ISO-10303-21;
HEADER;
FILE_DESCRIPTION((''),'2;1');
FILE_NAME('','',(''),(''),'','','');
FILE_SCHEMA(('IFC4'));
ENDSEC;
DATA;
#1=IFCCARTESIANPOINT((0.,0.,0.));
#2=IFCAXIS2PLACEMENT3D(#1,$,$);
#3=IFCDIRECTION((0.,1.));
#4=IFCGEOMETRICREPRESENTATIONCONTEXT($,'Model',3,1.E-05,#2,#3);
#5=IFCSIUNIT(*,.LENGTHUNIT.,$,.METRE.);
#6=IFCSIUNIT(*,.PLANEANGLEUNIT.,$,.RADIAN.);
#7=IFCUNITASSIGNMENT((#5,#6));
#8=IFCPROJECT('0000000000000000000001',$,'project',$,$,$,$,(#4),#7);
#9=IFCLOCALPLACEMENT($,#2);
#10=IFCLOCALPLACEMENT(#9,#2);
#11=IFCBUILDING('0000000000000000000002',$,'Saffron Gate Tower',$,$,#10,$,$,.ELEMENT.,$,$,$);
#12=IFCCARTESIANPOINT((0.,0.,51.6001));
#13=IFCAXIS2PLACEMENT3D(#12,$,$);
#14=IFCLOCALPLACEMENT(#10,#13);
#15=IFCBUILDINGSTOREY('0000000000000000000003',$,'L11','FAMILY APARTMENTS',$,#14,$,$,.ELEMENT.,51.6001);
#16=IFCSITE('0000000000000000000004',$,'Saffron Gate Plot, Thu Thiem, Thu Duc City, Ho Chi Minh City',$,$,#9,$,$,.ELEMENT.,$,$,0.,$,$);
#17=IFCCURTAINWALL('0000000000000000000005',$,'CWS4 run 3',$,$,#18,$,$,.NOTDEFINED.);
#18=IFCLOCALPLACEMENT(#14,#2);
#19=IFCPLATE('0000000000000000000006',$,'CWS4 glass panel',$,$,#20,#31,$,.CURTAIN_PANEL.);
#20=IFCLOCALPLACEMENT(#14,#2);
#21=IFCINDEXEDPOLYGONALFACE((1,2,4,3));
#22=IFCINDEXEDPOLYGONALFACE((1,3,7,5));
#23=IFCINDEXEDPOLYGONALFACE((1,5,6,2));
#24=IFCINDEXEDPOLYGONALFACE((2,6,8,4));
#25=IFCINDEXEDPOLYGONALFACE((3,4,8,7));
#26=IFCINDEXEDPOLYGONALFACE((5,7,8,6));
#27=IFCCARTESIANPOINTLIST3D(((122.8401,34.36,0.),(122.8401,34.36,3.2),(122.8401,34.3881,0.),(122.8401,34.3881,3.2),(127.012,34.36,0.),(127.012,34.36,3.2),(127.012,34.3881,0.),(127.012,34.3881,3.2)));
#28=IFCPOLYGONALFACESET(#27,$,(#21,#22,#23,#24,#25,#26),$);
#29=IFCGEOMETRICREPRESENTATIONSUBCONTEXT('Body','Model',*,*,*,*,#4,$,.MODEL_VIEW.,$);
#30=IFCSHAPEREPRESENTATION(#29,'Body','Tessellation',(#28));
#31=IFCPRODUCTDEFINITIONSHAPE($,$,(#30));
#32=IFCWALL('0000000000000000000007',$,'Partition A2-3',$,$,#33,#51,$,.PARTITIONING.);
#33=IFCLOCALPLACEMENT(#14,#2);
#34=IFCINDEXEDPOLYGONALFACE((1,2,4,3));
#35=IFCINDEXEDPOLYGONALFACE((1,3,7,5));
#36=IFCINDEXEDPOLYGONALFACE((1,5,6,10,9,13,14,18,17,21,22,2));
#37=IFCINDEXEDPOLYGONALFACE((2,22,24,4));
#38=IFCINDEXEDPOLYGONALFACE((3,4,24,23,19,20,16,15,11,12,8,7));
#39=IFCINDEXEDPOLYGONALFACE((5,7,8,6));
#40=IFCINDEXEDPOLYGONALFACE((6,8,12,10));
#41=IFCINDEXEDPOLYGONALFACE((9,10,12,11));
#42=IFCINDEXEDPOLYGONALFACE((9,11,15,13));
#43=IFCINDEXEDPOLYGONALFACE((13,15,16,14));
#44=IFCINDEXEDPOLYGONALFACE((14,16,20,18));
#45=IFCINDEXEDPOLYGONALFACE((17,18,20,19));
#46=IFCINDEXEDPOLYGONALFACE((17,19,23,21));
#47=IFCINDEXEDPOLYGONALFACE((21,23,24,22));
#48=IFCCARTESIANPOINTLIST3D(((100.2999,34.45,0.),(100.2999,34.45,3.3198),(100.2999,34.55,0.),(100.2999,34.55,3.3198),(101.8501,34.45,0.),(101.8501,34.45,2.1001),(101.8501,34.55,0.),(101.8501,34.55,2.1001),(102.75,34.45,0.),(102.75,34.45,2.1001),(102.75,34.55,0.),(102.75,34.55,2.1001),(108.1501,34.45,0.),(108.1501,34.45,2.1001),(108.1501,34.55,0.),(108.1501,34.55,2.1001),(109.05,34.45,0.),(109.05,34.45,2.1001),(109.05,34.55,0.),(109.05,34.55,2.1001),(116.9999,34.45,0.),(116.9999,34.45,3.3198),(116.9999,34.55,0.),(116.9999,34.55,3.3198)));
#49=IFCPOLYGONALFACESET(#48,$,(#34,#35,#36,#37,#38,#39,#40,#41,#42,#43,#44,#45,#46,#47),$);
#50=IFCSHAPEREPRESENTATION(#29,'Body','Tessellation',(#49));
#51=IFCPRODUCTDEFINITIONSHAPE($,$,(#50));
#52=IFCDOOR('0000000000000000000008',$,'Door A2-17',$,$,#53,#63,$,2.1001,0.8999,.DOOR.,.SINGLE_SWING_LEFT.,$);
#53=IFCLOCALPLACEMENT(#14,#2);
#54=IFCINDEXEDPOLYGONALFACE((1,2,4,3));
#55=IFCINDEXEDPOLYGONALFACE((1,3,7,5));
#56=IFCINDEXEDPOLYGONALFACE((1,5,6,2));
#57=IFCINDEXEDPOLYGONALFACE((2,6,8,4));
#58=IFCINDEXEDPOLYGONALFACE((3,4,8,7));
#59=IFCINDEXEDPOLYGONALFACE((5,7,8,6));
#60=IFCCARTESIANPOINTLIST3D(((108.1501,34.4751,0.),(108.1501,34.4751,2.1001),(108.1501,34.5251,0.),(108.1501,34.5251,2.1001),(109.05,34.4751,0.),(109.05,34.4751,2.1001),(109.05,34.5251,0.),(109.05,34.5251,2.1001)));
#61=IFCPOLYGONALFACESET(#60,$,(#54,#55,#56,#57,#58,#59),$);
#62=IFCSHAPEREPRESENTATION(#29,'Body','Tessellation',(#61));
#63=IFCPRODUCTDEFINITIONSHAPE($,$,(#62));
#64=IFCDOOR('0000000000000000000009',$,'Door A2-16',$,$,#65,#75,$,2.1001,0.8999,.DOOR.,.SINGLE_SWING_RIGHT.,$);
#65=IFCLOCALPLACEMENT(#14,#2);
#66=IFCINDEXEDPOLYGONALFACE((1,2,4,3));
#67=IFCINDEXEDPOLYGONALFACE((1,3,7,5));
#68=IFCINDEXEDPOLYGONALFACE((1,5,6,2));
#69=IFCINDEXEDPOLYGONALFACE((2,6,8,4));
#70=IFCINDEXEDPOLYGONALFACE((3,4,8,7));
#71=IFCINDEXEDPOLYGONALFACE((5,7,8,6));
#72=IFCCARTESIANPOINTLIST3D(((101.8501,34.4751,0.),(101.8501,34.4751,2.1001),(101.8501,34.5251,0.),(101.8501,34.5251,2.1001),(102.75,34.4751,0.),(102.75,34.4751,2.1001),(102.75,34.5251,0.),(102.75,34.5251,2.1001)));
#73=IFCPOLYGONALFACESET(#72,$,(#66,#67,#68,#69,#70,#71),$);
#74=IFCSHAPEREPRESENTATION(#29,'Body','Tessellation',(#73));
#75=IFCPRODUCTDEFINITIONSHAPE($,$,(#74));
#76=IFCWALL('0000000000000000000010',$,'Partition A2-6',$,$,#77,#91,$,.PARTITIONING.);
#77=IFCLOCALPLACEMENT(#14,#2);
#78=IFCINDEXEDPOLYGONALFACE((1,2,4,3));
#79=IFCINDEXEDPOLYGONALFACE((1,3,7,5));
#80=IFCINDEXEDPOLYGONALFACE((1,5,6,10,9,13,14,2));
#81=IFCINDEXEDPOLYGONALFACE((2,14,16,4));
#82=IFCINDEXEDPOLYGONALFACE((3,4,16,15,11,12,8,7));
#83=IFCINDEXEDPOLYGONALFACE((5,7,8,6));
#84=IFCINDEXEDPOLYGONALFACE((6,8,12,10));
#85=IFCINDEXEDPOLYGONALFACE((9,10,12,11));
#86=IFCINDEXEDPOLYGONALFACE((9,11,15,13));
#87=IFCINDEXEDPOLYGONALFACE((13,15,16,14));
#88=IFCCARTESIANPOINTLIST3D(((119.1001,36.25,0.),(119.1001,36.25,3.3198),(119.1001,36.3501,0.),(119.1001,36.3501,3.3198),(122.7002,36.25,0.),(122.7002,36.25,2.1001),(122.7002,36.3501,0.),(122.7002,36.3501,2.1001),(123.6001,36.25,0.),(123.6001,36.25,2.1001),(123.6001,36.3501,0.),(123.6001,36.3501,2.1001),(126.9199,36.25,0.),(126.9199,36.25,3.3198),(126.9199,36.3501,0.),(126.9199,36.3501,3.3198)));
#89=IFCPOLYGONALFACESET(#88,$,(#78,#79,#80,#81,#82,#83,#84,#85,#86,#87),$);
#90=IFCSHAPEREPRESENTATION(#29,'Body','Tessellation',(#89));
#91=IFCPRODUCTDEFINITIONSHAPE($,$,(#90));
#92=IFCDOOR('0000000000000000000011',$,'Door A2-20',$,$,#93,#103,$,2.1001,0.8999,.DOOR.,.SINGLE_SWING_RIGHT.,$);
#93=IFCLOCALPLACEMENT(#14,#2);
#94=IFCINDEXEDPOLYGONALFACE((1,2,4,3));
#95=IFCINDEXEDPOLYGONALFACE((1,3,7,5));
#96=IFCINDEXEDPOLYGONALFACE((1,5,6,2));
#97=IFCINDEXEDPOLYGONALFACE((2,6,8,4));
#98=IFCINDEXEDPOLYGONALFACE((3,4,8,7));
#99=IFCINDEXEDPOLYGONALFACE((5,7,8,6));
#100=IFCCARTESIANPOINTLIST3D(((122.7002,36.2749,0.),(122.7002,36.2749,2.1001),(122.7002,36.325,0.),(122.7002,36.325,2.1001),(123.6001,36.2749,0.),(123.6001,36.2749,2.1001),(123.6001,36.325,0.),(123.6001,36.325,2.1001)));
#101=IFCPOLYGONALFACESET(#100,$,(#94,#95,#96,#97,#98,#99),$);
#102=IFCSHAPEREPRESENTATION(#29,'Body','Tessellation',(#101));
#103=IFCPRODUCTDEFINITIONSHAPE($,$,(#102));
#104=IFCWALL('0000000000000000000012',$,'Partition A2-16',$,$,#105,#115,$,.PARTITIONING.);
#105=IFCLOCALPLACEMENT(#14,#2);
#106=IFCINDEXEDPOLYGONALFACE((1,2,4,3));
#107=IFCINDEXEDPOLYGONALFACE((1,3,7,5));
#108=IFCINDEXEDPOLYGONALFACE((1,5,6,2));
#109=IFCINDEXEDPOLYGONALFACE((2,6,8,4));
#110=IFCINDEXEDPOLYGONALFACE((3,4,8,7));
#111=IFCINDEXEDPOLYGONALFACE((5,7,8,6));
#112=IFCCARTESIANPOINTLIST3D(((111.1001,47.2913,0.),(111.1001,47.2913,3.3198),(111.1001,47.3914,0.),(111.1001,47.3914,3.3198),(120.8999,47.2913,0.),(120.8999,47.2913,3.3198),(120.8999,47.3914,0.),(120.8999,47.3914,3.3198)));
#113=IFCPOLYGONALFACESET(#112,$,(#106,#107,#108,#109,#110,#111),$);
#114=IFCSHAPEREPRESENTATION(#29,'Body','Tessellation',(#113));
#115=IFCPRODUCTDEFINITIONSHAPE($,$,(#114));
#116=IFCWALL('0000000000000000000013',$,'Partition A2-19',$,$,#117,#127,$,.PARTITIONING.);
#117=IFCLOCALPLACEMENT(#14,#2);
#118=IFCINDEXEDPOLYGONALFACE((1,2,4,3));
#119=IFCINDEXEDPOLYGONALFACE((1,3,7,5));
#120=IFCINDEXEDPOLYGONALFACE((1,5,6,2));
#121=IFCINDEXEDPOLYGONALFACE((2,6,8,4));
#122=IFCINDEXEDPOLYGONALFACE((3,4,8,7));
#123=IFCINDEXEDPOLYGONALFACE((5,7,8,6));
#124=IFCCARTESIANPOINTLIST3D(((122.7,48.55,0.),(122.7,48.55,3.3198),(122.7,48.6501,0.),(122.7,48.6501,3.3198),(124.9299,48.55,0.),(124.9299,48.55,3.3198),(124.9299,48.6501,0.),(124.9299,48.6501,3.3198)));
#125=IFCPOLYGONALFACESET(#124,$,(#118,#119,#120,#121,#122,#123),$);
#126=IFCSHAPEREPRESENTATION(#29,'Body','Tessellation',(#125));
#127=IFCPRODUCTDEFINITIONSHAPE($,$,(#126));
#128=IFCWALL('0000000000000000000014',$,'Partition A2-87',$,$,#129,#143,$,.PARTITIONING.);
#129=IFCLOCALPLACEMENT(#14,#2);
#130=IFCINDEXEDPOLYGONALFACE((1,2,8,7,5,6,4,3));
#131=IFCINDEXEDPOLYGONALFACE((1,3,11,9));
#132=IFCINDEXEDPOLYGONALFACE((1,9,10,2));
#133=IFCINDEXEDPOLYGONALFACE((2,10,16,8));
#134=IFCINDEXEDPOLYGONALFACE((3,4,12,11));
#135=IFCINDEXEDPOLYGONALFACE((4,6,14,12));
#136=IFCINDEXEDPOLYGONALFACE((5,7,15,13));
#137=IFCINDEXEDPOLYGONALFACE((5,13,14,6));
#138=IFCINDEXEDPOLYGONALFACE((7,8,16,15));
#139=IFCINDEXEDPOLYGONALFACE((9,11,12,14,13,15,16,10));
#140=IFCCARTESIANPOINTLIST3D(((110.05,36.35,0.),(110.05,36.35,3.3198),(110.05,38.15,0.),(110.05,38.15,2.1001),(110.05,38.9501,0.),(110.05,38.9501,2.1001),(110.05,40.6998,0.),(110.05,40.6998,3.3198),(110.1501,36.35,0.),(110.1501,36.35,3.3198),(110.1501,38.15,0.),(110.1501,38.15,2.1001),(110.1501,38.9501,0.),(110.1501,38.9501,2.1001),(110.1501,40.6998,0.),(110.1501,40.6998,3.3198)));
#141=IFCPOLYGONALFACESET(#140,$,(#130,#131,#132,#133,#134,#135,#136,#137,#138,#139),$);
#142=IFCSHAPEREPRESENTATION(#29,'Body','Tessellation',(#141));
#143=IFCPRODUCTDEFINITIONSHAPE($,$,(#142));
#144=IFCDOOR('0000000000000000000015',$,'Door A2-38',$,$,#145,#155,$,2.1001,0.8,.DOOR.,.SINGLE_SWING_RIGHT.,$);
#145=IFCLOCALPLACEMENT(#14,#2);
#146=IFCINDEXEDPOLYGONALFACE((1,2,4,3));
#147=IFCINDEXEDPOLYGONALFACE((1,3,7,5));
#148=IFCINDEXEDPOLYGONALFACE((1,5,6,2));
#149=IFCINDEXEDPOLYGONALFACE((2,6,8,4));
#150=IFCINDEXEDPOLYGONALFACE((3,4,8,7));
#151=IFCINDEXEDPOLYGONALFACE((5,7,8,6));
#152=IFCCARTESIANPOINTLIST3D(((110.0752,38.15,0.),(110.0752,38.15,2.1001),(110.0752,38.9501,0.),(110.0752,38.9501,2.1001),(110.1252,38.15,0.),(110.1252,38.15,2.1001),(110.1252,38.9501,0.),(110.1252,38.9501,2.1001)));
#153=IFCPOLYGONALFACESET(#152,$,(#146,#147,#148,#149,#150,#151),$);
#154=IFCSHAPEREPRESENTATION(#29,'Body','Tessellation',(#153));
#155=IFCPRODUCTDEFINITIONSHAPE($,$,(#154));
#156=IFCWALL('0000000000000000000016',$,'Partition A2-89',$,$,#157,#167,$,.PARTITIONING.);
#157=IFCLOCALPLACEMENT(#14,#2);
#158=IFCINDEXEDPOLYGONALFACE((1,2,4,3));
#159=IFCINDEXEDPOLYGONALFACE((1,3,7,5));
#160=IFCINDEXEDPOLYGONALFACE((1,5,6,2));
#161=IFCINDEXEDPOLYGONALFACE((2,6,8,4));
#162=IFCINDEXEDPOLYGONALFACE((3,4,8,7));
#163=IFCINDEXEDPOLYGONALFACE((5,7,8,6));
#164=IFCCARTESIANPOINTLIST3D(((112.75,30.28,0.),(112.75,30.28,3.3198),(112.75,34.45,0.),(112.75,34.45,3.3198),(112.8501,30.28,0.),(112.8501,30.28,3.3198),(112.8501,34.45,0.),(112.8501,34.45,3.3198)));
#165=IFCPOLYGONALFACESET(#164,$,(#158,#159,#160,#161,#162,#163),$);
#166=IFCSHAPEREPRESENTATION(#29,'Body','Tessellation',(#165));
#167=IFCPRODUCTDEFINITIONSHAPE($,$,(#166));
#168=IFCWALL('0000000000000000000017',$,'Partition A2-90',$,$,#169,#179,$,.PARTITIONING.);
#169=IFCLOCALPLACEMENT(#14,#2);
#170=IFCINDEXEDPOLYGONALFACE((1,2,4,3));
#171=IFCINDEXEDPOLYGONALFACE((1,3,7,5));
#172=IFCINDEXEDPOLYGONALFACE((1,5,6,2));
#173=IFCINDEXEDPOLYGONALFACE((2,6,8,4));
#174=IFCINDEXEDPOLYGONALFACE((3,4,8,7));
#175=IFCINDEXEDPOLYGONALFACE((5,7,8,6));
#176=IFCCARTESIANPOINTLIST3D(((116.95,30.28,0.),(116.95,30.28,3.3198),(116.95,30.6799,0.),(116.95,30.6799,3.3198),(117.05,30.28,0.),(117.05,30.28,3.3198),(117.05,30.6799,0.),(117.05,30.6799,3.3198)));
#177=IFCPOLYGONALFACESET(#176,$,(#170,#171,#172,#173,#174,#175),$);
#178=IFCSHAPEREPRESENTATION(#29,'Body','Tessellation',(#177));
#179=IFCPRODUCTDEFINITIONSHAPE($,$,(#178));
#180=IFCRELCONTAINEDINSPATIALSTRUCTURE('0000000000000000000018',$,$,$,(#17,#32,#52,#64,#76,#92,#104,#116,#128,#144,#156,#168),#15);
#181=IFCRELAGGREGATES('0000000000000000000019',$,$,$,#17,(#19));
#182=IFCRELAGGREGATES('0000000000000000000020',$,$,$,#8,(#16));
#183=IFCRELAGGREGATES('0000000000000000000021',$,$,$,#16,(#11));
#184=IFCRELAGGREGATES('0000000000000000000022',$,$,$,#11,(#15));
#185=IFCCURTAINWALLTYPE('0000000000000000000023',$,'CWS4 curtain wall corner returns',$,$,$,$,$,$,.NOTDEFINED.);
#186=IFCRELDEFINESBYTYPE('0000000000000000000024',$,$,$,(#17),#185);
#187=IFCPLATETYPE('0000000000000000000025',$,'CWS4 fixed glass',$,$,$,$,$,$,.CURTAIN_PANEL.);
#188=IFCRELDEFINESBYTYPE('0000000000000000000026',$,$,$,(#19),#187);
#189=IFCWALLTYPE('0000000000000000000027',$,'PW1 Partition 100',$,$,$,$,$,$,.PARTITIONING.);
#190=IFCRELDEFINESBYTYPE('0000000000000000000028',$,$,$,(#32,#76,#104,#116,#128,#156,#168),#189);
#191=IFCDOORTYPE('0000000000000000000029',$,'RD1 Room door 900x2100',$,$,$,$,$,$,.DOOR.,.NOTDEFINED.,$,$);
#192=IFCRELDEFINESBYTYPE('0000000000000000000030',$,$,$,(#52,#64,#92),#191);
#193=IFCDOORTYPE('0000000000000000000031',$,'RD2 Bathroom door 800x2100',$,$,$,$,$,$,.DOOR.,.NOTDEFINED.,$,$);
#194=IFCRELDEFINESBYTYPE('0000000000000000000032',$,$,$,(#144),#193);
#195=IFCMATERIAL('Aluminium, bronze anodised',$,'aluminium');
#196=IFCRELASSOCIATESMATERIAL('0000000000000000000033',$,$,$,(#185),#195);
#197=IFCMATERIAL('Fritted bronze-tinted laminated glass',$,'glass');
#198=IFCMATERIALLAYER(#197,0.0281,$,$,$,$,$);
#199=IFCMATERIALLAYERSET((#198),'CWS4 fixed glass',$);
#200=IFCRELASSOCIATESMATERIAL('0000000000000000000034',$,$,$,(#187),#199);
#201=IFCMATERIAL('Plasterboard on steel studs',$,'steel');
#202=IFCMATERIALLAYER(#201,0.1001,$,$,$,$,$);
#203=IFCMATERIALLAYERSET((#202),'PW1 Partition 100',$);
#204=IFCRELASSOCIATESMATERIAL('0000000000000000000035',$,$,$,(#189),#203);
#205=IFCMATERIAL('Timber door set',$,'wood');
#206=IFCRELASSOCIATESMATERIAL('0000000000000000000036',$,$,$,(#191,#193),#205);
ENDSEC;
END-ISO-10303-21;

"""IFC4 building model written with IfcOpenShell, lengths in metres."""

from ifc_helpers import new_model, si_unit, direction, frame, frame_2d, origin, place, context, subcontext, project, spatial, rectangle, extrude, material, layer, layer_set, type_object, element, fill, aggregate, save


model = new_model("IFC4")

# Units and contexts
model_context = context("Model", 3, precision=1e-05, world=origin(), true_north=direction((0.0, 1.0)))
body_context = subcontext(model_context, "Body", "Model", "MODEL_VIEW")
ifc_project = project(units=[si_unit("LENGTHUNIT", "METRE"), si_unit("PLANEANGLEUNIT", "RADIAN")], contexts=[model_context])

# Site, building, storey
site_placement = place(None, origin())
site = spatial("IfcSite", under=ifc_project, at=site_placement, Name="Saffron Gate Plot, Thu Thiem, Thu Duc City, Ho Chi Minh City", CompositionType="ELEMENT", RefElevation=0.0)
building_placement = place(site_placement, origin())
building = spatial("IfcBuilding", under=site, at=building_placement, Name="Saffron Gate Tower", CompositionType="ELEMENT")
storey_placement = place(building_placement, frame((0.0, 0.0, 51.6001)))
storey = spatial("IfcBuildingStorey", under=building, at=storey_placement, Name="L11", Description="FAMILY APARTMENTS", CompositionType="ELEMENT", Elevation=51.6001)

# Curtain wall
ifc_material_1 = material(Name="Aluminium, bronze anodised", Category="aluminium")
curtain_wall_type_1 = type_object("IfcCurtainWallType", Name="CWS4 curtain wall corner returns", PredefinedType="NOTDEFINED", material=ifc_material_1)
curtain_wall_1_placement = place(storey_placement, origin())
curtain_wall_1 = element("IfcCurtainWall", 1, at=curtain_wall_1_placement, inside=storey, type_object=curtain_wall_type_1, Name="CWS4 run 3", PredefinedType="NOTDEFINED")

# Plate
ifc_material_2 = material(Name="Fritted bronze-tinted laminated glass", Category="glass")
ifc_layer_1 = layer(ifc_material_2, 0.0281)
ifc_layer_set_1 = layer_set([ifc_layer_1], Name="CWS4 fixed glass")
plate_type = type_object("IfcPlateType", Name="CWS4 fixed glass", PredefinedType="CURTAIN_PANEL", material=ifc_layer_set_1)
plate_1_placement = place(storey_placement, frame((122.8401, 34.374, 0.0), z_axis=(0.0, 0.0, 1.0), x_axis=(1.0, 0.0, 0.0)))
plate_1 = element("IfcPlate", 2, at=plate_1_placement, type_object=plate_type, Name="CWS4 glass panel", PredefinedType="CURTAIN_PANEL", context=body_context, shape_type="SweptSolid", body=[
    extrude(rectangle(XDim=4.1719, YDim=0.0281, at=frame_2d((2.0859, 0.0))), origin(), (0.0, 0.0, 1.0), 3.2),
])
aggregate(curtain_wall_1, [plate_1])

# Wall, openings, doors
ifc_material_3 = material(Name="Plasterboard on steel studs", Category="steel")
ifc_layer_2 = layer(ifc_material_3, 0.1001)
ifc_layer_set_2 = layer_set([ifc_layer_2], Name="PW1 Partition 100")
wall_type_1 = type_object("IfcWallType", Name="PW1 Partition 100", PredefinedType="PARTITIONING", material=ifc_layer_set_2)
wall_1_placement = place(storey_placement, frame((117.0, 34.5, 0.0), z_axis=(0.0, 0.0, 1.0), x_axis=(-1.0, 0.0, 0.0)))
wall_1 = element("IfcWall", 3, at=wall_1_placement, inside=storey, type_object=wall_type_1, Name="Partition A2-3", PredefinedType="PARTITIONING", context=body_context, shape_type="SweptSolid", body=[
    extrude(rectangle(XDim=16.7, YDim=0.1001, at=frame_2d((8.3501, 0.0))), origin(), (0.0, 0.0, 1.0), 3.3198),
])
opening_1_placement = place(wall_1_placement, frame((7.95, 0.0, 0.0)))
opening_1 = element("IfcOpeningElement", 4, at=opening_1_placement, cuts=wall_1, PredefinedType="OPENING", context=body_context, shape_type="SweptSolid", body=[
    extrude(rectangle(XDim=0.8999, YDim=2.1001, at=frame_2d((0.45, 1.05))), frame((0.0, 0.0601, 0.0), z_axis=(0.0, -1.0, 0.0), x_axis=(1.0, 0.0, 0.0)), (0.0, 0.0, 1.0), 0.1201),
])
opening_2_placement = place(wall_1_placement, frame((14.25, 0.0, 0.0)))
opening_2 = element("IfcOpeningElement", 5, at=opening_2_placement, cuts=wall_1, PredefinedType="OPENING", context=body_context, shape_type="SweptSolid", body=[
    extrude(rectangle(XDim=0.8999, YDim=2.1001, at=frame_2d((0.45, 1.05))), frame((0.0, 0.0601, 0.0), z_axis=(0.0, -1.0, 0.0), x_axis=(1.0, 0.0, 0.0)), (0.0, 0.0, 1.0), 0.1201),
])
ifc_material_4 = material(Name="Timber door set", Category="wood")
door_type_1 = type_object("IfcDoorType", Name="RD1 Room door 900x2100", OperationType="NOTDEFINED", PredefinedType="DOOR", material=ifc_material_4)
door_1_placement = place(opening_1_placement, origin())
door_1 = element("IfcDoor", 6, at=door_1_placement, inside=storey, type_object=door_type_1, Name="Door A2-17", OperationType="SINGLE_SWING_LEFT", OverallHeight=2.1001, OverallWidth=0.8999, PredefinedType="DOOR", context=body_context, shape_type="SweptSolid", body=[
    extrude(rectangle(XDim=0.8999, YDim=2.1001, at=frame_2d((0.45, 1.05))), frame((0.0, 0.0249, 0.0), z_axis=(0.0, -1.0, 0.0), x_axis=(1.0, 0.0, 0.0)), (0.0, 0.0, 1.0), 0.05),
])
fill(opening_1, door_1)
door_2_placement = place(opening_2_placement, origin())
door_2 = element("IfcDoor", 7, at=door_2_placement, inside=storey, type_object=door_type_1, Name="Door A2-16", OperationType="SINGLE_SWING_RIGHT", OverallHeight=2.1001, OverallWidth=0.8999, PredefinedType="DOOR", context=body_context, shape_type="SweptSolid", body=[
    extrude(rectangle(XDim=0.8999, YDim=2.1001, at=frame_2d((0.45, 1.05))), frame((0.0, 0.0249, 0.0), z_axis=(0.0, -1.0, 0.0), x_axis=(1.0, 0.0, 0.0)), (0.0, 0.0, 1.0), 0.05),
])
fill(opening_2, door_2)

# Wall, opening, door
wall_2_placement = place(storey_placement, frame((119.1001, 36.3, 0.0), z_axis=(0.0, 0.0, 1.0), x_axis=(1.0, 0.0, 0.0)))
wall_2 = element("IfcWall", 8, at=wall_2_placement, inside=storey, type_object=wall_type_1, Name="Partition A2-6", PredefinedType="PARTITIONING", context=body_context, shape_type="SweptSolid", body=[
    extrude(rectangle(XDim=7.8198, YDim=0.1001, at=frame_2d((3.9099, 0.0))), origin(), (0.0, 0.0, 1.0), 3.3198),
])
opening_3_placement = place(wall_2_placement, frame((3.6001, 0.0, 0.0)))
opening_3 = element("IfcOpeningElement", 9, at=opening_3_placement, cuts=wall_2, PredefinedType="OPENING", context=body_context, shape_type="SweptSolid", body=[
    extrude(rectangle(XDim=0.8999, YDim=2.1001, at=frame_2d((0.45, 1.05))), frame((0.0, 0.0601, 0.0), z_axis=(0.0, -1.0, 0.0), x_axis=(1.0, 0.0, 0.0)), (0.0, 0.0, 1.0), 0.1201),
])
door_3_placement = place(opening_3_placement, origin())
door_3 = element("IfcDoor", 10, at=door_3_placement, inside=storey, type_object=door_type_1, Name="Door A2-20", OperationType="SINGLE_SWING_RIGHT", OverallHeight=2.1001, OverallWidth=0.8999, PredefinedType="DOOR", context=body_context, shape_type="SweptSolid", body=[
    extrude(rectangle(XDim=0.8999, YDim=2.1001, at=frame_2d((0.45, 1.05))), frame((0.0, 0.0249, 0.0), z_axis=(0.0, -1.0, 0.0), x_axis=(1.0, 0.0, 0.0)), (0.0, 0.0, 1.0), 0.05),
])
fill(opening_3, door_3)

# Walls
wall_3_placement = place(storey_placement, frame((111.1001, 47.3413, 0.0), z_axis=(0.0, 0.0, 1.0), x_axis=(1.0, 0.0, 0.0)))
element("IfcWall", 11, at=wall_3_placement, inside=storey, type_object=wall_type_1, Name="Partition A2-16", PredefinedType="PARTITIONING", context=body_context, shape_type="SweptSolid", body=[
    extrude(rectangle(XDim=9.7998, YDim=0.1001, at=frame_2d((4.8999, 0.0))), origin(), (0.0, 0.0, 1.0), 3.3198),
])
wall_4_placement = place(storey_placement, frame((122.7, 48.6001, 0.0), z_axis=(0.0, 0.0, 1.0), x_axis=(1.0, 0.0, 0.0)))
element("IfcWall", 12, at=wall_4_placement, inside=storey, type_object=wall_type_1, Name="Partition A2-19", PredefinedType="PARTITIONING", context=body_context, shape_type="SweptSolid", body=[
    extrude(rectangle(XDim=2.23, YDim=0.1001, at=frame_2d((1.115, 0.0))), origin(), (0.0, 0.0, 1.0), 3.3198),
])

# Wall, opening, door
wall_5_placement = place(storey_placement, frame((110.1001, 36.3501, 0.0), z_axis=(0.0, 0.0, 1.0), x_axis=(0.0, 1.0, 0.0)))
wall_5 = element("IfcWall", 13, at=wall_5_placement, inside=storey, type_object=wall_type_1, Name="Partition A2-87", PredefinedType="PARTITIONING", context=body_context, shape_type="SweptSolid", body=[
    extrude(rectangle(XDim=4.3499, YDim=0.1001, at=frame_2d((2.1748, 0.0))), origin(), (0.0, 0.0, 1.0), 3.3198),
])
opening_4_placement = place(wall_5_placement, frame((1.8, 0.0, 0.0)))
opening_4 = element("IfcOpeningElement", 14, at=opening_4_placement, cuts=wall_5, PredefinedType="OPENING", context=body_context, shape_type="SweptSolid", body=[
    extrude(rectangle(XDim=0.8, YDim=2.1001, at=frame_2d((0.3999, 1.05))), frame((0.0, 0.0601, 0.0), z_axis=(0.0, -1.0, 0.0), x_axis=(1.0, 0.0, 0.0)), (0.0, 0.0, 1.0), 0.1201),
])
door_type_2 = type_object("IfcDoorType", Name="RD2 Bathroom door 800x2100", OperationType="NOTDEFINED", PredefinedType="DOOR", material=ifc_material_4)
door_4_placement = place(opening_4_placement, origin())
door_4 = element("IfcDoor", 15, at=door_4_placement, inside=storey, type_object=door_type_2, Name="Door A2-38", OperationType="SINGLE_SWING_RIGHT", OverallHeight=2.1001, OverallWidth=0.8, PredefinedType="DOOR", context=body_context, shape_type="SweptSolid", body=[
    extrude(rectangle(XDim=0.8, YDim=2.1001, at=frame_2d((0.3999, 1.05))), frame((0.0, 0.0249, 0.0), z_axis=(0.0, -1.0, 0.0), x_axis=(1.0, 0.0, 0.0)), (0.0, 0.0, 1.0), 0.05),
])
fill(opening_4, door_4)

# Walls
wall_6_placement = place(storey_placement, frame((112.8, 34.45, 0.0), z_axis=(0.0, 0.0, 1.0), x_axis=(0.0, -1.0, 0.0)))
element("IfcWall", 16, at=wall_6_placement, inside=storey, type_object=wall_type_1, Name="Partition A2-89", PredefinedType="PARTITIONING", context=body_context, shape_type="SweptSolid", body=[
    extrude(rectangle(XDim=4.1699, YDim=0.1001, at=frame_2d((2.085, 0.0))), origin(), (0.0, 0.0, 1.0), 3.3198),
])
wall_7_placement = place(storey_placement, frame((117.0, 30.6799, 0.0), z_axis=(0.0, 0.0, 1.0), x_axis=(0.0, -1.0, 0.0)))
element("IfcWall", 17, at=wall_7_placement, inside=storey, type_object=wall_type_1, Name="Partition A2-90", PredefinedType="PARTITIONING", context=body_context, shape_type="SweptSolid", body=[
    extrude(rectangle(XDim=0.3999, YDim=0.1001, at=frame_2d((0.2, 0.0))), origin(), (0.0, 0.0, 1.0), 3.3198),
])

save(model, "model.ifc")
